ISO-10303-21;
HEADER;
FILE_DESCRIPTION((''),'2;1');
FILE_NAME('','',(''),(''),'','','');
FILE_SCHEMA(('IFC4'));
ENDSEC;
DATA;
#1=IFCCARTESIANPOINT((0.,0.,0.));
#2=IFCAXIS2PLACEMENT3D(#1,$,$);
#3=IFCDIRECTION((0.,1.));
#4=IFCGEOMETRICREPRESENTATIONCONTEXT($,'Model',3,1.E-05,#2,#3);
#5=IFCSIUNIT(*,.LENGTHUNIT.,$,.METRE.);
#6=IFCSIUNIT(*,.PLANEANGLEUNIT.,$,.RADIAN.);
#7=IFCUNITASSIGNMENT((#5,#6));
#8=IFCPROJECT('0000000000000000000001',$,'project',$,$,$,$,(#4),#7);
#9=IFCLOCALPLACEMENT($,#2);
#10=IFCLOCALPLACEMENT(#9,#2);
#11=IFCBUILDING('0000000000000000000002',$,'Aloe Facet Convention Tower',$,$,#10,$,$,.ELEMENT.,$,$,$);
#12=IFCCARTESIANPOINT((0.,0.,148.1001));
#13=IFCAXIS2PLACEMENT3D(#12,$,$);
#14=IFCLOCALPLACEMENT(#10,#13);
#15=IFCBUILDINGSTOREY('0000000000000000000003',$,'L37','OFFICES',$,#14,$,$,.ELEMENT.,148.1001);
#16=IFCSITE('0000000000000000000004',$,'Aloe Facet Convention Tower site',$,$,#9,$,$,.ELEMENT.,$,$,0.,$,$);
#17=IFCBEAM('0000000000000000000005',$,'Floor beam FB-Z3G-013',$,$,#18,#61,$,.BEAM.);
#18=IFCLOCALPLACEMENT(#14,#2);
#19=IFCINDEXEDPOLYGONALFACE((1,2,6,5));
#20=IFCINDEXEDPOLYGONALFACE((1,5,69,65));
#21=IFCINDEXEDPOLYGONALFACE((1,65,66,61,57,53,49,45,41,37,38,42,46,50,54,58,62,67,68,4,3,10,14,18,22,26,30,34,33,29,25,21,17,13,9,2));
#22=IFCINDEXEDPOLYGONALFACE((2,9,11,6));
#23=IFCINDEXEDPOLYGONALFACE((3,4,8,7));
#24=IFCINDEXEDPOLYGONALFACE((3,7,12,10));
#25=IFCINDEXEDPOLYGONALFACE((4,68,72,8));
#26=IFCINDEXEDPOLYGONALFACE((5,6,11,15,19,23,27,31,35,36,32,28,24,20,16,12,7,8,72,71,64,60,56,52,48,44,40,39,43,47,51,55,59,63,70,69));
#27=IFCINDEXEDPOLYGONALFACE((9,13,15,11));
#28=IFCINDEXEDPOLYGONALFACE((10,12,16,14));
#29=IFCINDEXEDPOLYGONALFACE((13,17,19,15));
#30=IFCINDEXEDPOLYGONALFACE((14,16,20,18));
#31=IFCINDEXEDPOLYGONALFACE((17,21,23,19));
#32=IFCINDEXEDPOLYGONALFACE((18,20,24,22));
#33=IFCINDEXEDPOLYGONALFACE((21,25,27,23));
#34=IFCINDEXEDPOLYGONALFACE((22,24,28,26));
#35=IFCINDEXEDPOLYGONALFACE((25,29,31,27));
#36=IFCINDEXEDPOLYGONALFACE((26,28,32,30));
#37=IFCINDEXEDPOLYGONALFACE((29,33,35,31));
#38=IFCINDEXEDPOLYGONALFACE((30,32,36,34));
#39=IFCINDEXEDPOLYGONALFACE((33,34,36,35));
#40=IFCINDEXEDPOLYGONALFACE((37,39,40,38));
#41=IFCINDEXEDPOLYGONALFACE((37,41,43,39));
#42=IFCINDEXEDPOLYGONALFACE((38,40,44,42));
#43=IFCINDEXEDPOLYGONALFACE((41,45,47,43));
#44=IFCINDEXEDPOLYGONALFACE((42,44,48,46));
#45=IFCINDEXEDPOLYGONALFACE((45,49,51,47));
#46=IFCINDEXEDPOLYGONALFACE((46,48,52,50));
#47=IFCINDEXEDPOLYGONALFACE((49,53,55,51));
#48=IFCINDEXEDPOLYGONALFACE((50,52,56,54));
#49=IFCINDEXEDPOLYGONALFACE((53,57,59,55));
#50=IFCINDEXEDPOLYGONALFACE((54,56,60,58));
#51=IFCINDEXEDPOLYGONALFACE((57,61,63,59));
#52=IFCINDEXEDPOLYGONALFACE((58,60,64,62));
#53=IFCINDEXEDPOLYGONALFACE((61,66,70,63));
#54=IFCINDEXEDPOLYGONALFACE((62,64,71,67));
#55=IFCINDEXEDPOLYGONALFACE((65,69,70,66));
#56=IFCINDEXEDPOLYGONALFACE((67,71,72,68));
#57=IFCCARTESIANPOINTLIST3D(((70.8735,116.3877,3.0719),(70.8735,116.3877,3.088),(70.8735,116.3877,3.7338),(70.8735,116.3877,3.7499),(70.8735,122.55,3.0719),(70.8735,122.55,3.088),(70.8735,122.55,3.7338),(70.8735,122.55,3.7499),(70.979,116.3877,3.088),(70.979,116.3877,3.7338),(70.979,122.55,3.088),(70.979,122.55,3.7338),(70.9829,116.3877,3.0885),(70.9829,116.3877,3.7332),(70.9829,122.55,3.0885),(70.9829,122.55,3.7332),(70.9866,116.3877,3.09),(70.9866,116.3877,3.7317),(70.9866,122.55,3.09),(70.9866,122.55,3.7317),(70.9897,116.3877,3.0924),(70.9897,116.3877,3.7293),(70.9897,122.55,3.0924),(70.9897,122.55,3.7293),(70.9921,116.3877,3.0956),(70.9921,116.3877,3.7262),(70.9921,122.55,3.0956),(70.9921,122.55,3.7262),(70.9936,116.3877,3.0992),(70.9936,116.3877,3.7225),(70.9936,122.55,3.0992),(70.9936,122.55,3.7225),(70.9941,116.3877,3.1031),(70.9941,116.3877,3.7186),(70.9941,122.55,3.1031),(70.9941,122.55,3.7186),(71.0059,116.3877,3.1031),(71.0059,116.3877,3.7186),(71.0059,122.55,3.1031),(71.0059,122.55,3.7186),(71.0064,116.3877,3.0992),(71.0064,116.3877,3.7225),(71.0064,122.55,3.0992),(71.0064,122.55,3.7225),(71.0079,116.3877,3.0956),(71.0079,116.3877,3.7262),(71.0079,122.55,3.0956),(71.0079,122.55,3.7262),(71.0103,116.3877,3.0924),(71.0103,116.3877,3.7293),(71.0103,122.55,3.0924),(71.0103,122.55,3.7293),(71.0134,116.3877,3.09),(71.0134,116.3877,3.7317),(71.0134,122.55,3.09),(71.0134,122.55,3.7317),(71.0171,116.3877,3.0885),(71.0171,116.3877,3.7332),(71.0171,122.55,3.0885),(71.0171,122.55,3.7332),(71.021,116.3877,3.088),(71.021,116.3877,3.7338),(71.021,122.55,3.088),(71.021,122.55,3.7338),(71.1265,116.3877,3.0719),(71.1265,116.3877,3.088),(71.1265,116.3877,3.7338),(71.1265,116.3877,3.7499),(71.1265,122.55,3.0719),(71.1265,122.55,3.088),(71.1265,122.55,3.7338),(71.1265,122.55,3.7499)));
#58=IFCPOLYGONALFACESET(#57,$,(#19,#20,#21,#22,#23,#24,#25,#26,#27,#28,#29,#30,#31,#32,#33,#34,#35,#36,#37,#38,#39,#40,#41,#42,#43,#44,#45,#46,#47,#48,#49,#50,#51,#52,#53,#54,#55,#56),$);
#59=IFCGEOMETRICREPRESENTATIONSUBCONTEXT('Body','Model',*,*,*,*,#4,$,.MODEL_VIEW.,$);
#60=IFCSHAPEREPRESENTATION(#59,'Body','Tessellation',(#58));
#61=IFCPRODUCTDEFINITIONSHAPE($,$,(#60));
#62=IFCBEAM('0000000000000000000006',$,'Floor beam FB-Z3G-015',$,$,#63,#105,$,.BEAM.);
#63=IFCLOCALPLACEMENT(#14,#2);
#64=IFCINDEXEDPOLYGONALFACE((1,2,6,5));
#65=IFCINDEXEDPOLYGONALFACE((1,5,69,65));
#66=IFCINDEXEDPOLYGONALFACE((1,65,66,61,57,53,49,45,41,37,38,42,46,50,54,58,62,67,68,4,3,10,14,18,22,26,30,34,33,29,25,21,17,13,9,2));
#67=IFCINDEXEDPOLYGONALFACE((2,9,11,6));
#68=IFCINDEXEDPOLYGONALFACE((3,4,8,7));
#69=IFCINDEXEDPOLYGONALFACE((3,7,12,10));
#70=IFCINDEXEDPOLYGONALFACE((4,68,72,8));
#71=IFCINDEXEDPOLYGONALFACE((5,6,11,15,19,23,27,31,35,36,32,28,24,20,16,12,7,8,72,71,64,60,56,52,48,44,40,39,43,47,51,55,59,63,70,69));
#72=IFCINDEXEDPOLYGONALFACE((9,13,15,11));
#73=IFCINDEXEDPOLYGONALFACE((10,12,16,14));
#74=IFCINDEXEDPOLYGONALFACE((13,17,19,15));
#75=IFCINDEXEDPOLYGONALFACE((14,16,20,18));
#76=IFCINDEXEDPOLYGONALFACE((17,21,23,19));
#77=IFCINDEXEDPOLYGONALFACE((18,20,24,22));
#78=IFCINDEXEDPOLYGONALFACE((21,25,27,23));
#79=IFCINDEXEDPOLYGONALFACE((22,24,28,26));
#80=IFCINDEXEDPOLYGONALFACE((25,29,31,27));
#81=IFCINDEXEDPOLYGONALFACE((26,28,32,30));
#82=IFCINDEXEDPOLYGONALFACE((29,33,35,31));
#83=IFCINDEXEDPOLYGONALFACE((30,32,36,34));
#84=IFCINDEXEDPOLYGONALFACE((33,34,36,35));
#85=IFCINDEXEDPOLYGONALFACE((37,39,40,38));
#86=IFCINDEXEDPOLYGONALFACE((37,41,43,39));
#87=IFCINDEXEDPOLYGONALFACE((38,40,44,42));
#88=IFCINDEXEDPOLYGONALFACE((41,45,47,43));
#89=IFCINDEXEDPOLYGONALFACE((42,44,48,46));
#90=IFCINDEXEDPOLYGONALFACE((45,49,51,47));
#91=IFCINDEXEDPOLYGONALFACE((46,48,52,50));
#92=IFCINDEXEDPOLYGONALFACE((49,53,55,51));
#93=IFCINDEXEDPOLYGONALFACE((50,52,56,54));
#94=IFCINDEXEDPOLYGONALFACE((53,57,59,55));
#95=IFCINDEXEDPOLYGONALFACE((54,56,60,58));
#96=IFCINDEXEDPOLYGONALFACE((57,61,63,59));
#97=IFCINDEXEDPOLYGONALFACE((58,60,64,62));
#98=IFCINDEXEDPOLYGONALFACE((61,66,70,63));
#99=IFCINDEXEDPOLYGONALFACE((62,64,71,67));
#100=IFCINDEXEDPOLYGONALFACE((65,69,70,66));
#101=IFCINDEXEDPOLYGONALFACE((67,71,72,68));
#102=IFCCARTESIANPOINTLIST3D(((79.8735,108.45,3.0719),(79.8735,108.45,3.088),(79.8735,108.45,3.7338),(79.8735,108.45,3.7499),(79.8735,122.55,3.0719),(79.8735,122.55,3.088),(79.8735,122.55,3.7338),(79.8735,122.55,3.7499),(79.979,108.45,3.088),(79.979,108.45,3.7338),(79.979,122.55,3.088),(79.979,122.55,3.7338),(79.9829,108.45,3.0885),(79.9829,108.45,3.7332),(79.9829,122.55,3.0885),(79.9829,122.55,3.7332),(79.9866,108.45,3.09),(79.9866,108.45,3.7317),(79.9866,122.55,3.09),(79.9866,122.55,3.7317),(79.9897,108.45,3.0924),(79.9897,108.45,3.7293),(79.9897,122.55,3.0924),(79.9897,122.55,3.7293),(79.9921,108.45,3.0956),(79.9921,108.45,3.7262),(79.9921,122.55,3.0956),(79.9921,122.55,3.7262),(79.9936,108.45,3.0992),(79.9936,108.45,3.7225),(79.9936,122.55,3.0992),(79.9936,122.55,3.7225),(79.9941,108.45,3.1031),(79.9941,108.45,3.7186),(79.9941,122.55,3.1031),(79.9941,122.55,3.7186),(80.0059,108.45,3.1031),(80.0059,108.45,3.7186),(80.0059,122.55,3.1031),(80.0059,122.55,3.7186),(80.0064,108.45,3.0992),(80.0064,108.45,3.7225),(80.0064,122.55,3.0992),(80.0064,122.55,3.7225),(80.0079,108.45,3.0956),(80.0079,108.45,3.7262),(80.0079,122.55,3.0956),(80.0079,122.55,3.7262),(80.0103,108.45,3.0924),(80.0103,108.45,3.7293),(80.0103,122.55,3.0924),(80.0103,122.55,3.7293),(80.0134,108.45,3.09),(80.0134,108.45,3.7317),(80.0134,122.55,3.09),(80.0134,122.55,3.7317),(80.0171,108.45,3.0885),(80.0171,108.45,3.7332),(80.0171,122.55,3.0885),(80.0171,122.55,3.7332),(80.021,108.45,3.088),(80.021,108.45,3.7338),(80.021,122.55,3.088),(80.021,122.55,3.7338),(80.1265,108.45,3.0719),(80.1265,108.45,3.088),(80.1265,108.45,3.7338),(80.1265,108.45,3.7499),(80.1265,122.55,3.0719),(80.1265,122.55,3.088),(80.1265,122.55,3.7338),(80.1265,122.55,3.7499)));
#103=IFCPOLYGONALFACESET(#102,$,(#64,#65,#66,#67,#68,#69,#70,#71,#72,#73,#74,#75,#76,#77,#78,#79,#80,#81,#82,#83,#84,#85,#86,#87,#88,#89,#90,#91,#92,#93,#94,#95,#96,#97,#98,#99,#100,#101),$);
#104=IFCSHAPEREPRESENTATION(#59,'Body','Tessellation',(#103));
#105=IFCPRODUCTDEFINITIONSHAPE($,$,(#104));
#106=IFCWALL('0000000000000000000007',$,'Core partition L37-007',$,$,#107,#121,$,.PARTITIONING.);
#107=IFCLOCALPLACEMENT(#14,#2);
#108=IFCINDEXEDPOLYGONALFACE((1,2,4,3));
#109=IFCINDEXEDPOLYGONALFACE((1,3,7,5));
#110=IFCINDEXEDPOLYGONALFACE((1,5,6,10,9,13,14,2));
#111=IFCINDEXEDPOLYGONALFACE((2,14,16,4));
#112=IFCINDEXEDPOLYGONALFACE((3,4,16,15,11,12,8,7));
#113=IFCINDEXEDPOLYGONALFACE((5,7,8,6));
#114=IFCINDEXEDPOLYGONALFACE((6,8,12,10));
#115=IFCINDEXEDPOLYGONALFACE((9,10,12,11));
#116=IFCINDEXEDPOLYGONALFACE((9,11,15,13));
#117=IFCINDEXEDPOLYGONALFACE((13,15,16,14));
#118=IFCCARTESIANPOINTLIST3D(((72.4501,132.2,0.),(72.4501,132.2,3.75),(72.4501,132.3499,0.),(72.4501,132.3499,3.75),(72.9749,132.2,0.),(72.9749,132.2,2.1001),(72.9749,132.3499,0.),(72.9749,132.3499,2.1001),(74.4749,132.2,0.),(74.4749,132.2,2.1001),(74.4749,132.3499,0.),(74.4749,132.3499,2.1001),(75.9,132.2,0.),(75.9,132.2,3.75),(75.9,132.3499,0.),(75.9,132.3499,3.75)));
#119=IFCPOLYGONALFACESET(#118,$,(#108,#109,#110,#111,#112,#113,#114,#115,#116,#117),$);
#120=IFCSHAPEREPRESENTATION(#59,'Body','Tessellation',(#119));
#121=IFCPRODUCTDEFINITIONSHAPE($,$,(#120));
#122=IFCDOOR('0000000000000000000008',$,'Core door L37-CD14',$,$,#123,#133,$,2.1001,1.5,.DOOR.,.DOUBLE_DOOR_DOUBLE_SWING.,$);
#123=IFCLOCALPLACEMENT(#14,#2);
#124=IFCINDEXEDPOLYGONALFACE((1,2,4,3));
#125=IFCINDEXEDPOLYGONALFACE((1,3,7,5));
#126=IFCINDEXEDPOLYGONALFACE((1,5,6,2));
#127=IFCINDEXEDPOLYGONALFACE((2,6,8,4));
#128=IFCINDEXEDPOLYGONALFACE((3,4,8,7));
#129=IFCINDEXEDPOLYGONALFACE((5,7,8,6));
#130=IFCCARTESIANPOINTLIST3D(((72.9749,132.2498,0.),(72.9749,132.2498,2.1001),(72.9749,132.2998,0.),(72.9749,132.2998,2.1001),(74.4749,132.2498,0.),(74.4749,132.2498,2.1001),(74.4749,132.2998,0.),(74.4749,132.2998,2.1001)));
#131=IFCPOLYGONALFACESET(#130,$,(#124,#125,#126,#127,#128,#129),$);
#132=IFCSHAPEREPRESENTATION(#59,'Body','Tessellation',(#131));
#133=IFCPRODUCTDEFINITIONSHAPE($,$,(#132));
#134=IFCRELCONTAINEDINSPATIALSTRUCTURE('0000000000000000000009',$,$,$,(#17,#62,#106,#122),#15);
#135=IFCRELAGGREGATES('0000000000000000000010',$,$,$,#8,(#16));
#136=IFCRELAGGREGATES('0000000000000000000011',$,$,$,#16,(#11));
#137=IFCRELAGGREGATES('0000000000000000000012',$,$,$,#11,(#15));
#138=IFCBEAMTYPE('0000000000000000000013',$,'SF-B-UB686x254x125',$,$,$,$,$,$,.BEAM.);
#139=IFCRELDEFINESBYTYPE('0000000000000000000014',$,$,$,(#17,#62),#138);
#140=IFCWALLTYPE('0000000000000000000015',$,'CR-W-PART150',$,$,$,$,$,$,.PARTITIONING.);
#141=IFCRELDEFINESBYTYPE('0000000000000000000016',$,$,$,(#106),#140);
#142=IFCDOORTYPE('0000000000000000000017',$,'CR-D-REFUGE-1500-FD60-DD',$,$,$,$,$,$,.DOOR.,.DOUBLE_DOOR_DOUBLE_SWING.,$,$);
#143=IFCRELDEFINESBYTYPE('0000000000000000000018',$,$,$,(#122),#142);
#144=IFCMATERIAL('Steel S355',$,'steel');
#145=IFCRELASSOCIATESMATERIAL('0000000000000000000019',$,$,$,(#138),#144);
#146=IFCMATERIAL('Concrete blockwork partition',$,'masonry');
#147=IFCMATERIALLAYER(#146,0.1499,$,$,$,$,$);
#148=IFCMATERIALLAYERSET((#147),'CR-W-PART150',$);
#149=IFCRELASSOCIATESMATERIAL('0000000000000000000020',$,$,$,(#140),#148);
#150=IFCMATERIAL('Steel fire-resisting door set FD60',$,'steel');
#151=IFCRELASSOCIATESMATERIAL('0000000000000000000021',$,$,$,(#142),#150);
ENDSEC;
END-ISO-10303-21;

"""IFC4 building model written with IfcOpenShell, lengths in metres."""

from ifc_helpers import new_model, si_unit, direction, frame, frame_2d, origin, origin_2d, place, context, subcontext, project, spatial, rectangle, i_section, extrude, material, layer, layer_set, material_profile, profile_set, type_object, element, fill, save


model = new_model("IFC4")

# Units and contexts
model_context = context("Model", 3, precision=1e-05, world=origin(), true_north=direction((0.0, 1.0)))
body_context = subcontext(model_context, "Body", "Model", "MODEL_VIEW")
ifc_project = project(units=[si_unit("LENGTHUNIT", "METRE"), si_unit("PLANEANGLEUNIT", "RADIAN")], contexts=[model_context])

# Site, building, storey
site_placement = place(None, origin())
site = spatial("IfcSite", under=ifc_project, at=site_placement, Name="Aloe Facet Convention Tower site", CompositionType="ELEMENT", RefElevation=0.0)
building_placement = place(site_placement, origin())
building = spatial("IfcBuilding", under=site, at=building_placement, Name="Aloe Facet Convention Tower", CompositionType="ELEMENT")
storey_placement = place(building_placement, frame((0.0, 0.0, 148.1001)))
storey = spatial("IfcBuildingStorey", under=building, at=storey_placement, Name="L37", Description="OFFICES", CompositionType="ELEMENT", Elevation=148.1001)

# Beams
ifc_material_1 = material(Name="Steel S355", Category="steel")
ifc_material_profile = material_profile(ifc_material_1, i_section(OverallWidth=0.2529, OverallDepth=0.678, WebThickness=0.0117, FlangeThickness=0.0161, FilletRadius=0.0151, at=origin_2d()), Name="UB 686x254x125")
ifc_profile_set = profile_set([ifc_material_profile], Name="Steel S355")
beam_type = type_object("IfcBeamType", Name="SF-B-UB686x254x125", PredefinedType="BEAM", material=ifc_profile_set)
beam_1_placement = place(storey_placement, frame((71.0, 122.55, 3.4109), z_axis=(0.0, -1.0, 0.0), x_axis=(1.0, 0.0, 0.0)))
element("IfcBeam", 1, at=beam_1_placement, inside=storey, type_object=beam_type, Name="Floor beam FB-Z3G-013", PredefinedType="BEAM", context=body_context, shape_type="SweptSolid", body=[
    extrude(i_section(OverallWidth=0.2529, OverallDepth=0.678, WebThickness=0.0117, FlangeThickness=0.0161, FilletRadius=0.0151, at=origin_2d()), origin(), (0.0, 0.0, 1.0), 6.1624),
])
beam_2_placement = place(storey_placement, frame((80.0, 122.55, 3.4109), z_axis=(0.0, -1.0, 0.0), x_axis=(1.0, 0.0, 0.0)))
element("IfcBeam", 2, at=beam_2_placement, inside=storey, type_object=beam_type, Name="Floor beam FB-Z3G-015", PredefinedType="BEAM", context=body_context, shape_type="SweptSolid", body=[
    extrude(i_section(OverallWidth=0.2529, OverallDepth=0.678, WebThickness=0.0117, FlangeThickness=0.0161, FilletRadius=0.0151, at=origin_2d()), origin(), (0.0, 0.0, 1.0), 14.1001),
])

# Wall, opening, door
ifc_material_2 = material(Name="Concrete blockwork partition", Category="masonry")
ifc_layer_1 = layer(ifc_material_2, 0.1499)
ifc_layer_set_1 = layer_set([ifc_layer_1], Name="CR-W-PART150")
wall_type_1 = type_object("IfcWallType", Name="CR-W-PART150", PredefinedType="PARTITIONING", material=ifc_layer_set_1)
wall_1_placement = place(storey_placement, frame((72.45, 132.2749, 0.0), z_axis=(0.0, 0.0, 1.0), x_axis=(1.0, 0.0, 0.0)))
wall_1 = element("IfcWall", 3, at=wall_1_placement, inside=storey, type_object=wall_type_1, Name="Core partition L37-007", PredefinedType="PARTITIONING", context=body_context, shape_type="SweptSolid", body=[
    extrude(rectangle(XDim=3.45, YDim=0.1499, at=frame_2d((1.7251, 0.0))), origin(), (0.0, 0.0, 1.0), 3.75),
])
opening_1_placement = place(wall_1_placement, frame((0.5249, 0.0, 0.0)))
opening_1 = element("IfcOpeningElement", 4, at=opening_1_placement, cuts=wall_1, PredefinedType="OPENING", context=body_context, shape_type="SweptSolid", body=[
    extrude(rectangle(XDim=1.5, YDim=2.1001, at=frame_2d((0.75, 1.05))), frame((0.0, 0.085, 0.0), z_axis=(0.0, -1.0, 0.0), x_axis=(1.0, 0.0, 0.0)), (0.0, 0.0, 1.0), 0.1699),
])
ifc_material_3 = material(Name="Steel fire-resisting door set FD60", Category="steel")
door_type_1 = type_object("IfcDoorType", Name="CR-D-REFUGE-1500-FD60-DD", OperationType="DOUBLE_DOOR_DOUBLE_SWING", PredefinedType="DOOR", material=ifc_material_3)
door_1_placement = place(opening_1_placement, origin())
door_1 = element("IfcDoor", 5, at=door_1_placement, inside=storey, type_object=door_type_1, Name="Core door L37-CD14", OperationType="DOUBLE_DOOR_DOUBLE_SWING", OverallHeight=2.1001, OverallWidth=1.5, PredefinedType="DOOR", context=body_context, shape_type="SweptSolid", body=[
    extrude(rectangle(XDim=1.5, YDim=2.1001, at=frame_2d((0.75, 1.05))), frame((0.0, 0.0249, 0.0), z_axis=(0.0, -1.0, 0.0), x_axis=(1.0, 0.0, 0.0)), (0.0, 0.0, 1.0), 0.05),
])
fill(opening_1, door_1)

save(model, "model.ifc")
